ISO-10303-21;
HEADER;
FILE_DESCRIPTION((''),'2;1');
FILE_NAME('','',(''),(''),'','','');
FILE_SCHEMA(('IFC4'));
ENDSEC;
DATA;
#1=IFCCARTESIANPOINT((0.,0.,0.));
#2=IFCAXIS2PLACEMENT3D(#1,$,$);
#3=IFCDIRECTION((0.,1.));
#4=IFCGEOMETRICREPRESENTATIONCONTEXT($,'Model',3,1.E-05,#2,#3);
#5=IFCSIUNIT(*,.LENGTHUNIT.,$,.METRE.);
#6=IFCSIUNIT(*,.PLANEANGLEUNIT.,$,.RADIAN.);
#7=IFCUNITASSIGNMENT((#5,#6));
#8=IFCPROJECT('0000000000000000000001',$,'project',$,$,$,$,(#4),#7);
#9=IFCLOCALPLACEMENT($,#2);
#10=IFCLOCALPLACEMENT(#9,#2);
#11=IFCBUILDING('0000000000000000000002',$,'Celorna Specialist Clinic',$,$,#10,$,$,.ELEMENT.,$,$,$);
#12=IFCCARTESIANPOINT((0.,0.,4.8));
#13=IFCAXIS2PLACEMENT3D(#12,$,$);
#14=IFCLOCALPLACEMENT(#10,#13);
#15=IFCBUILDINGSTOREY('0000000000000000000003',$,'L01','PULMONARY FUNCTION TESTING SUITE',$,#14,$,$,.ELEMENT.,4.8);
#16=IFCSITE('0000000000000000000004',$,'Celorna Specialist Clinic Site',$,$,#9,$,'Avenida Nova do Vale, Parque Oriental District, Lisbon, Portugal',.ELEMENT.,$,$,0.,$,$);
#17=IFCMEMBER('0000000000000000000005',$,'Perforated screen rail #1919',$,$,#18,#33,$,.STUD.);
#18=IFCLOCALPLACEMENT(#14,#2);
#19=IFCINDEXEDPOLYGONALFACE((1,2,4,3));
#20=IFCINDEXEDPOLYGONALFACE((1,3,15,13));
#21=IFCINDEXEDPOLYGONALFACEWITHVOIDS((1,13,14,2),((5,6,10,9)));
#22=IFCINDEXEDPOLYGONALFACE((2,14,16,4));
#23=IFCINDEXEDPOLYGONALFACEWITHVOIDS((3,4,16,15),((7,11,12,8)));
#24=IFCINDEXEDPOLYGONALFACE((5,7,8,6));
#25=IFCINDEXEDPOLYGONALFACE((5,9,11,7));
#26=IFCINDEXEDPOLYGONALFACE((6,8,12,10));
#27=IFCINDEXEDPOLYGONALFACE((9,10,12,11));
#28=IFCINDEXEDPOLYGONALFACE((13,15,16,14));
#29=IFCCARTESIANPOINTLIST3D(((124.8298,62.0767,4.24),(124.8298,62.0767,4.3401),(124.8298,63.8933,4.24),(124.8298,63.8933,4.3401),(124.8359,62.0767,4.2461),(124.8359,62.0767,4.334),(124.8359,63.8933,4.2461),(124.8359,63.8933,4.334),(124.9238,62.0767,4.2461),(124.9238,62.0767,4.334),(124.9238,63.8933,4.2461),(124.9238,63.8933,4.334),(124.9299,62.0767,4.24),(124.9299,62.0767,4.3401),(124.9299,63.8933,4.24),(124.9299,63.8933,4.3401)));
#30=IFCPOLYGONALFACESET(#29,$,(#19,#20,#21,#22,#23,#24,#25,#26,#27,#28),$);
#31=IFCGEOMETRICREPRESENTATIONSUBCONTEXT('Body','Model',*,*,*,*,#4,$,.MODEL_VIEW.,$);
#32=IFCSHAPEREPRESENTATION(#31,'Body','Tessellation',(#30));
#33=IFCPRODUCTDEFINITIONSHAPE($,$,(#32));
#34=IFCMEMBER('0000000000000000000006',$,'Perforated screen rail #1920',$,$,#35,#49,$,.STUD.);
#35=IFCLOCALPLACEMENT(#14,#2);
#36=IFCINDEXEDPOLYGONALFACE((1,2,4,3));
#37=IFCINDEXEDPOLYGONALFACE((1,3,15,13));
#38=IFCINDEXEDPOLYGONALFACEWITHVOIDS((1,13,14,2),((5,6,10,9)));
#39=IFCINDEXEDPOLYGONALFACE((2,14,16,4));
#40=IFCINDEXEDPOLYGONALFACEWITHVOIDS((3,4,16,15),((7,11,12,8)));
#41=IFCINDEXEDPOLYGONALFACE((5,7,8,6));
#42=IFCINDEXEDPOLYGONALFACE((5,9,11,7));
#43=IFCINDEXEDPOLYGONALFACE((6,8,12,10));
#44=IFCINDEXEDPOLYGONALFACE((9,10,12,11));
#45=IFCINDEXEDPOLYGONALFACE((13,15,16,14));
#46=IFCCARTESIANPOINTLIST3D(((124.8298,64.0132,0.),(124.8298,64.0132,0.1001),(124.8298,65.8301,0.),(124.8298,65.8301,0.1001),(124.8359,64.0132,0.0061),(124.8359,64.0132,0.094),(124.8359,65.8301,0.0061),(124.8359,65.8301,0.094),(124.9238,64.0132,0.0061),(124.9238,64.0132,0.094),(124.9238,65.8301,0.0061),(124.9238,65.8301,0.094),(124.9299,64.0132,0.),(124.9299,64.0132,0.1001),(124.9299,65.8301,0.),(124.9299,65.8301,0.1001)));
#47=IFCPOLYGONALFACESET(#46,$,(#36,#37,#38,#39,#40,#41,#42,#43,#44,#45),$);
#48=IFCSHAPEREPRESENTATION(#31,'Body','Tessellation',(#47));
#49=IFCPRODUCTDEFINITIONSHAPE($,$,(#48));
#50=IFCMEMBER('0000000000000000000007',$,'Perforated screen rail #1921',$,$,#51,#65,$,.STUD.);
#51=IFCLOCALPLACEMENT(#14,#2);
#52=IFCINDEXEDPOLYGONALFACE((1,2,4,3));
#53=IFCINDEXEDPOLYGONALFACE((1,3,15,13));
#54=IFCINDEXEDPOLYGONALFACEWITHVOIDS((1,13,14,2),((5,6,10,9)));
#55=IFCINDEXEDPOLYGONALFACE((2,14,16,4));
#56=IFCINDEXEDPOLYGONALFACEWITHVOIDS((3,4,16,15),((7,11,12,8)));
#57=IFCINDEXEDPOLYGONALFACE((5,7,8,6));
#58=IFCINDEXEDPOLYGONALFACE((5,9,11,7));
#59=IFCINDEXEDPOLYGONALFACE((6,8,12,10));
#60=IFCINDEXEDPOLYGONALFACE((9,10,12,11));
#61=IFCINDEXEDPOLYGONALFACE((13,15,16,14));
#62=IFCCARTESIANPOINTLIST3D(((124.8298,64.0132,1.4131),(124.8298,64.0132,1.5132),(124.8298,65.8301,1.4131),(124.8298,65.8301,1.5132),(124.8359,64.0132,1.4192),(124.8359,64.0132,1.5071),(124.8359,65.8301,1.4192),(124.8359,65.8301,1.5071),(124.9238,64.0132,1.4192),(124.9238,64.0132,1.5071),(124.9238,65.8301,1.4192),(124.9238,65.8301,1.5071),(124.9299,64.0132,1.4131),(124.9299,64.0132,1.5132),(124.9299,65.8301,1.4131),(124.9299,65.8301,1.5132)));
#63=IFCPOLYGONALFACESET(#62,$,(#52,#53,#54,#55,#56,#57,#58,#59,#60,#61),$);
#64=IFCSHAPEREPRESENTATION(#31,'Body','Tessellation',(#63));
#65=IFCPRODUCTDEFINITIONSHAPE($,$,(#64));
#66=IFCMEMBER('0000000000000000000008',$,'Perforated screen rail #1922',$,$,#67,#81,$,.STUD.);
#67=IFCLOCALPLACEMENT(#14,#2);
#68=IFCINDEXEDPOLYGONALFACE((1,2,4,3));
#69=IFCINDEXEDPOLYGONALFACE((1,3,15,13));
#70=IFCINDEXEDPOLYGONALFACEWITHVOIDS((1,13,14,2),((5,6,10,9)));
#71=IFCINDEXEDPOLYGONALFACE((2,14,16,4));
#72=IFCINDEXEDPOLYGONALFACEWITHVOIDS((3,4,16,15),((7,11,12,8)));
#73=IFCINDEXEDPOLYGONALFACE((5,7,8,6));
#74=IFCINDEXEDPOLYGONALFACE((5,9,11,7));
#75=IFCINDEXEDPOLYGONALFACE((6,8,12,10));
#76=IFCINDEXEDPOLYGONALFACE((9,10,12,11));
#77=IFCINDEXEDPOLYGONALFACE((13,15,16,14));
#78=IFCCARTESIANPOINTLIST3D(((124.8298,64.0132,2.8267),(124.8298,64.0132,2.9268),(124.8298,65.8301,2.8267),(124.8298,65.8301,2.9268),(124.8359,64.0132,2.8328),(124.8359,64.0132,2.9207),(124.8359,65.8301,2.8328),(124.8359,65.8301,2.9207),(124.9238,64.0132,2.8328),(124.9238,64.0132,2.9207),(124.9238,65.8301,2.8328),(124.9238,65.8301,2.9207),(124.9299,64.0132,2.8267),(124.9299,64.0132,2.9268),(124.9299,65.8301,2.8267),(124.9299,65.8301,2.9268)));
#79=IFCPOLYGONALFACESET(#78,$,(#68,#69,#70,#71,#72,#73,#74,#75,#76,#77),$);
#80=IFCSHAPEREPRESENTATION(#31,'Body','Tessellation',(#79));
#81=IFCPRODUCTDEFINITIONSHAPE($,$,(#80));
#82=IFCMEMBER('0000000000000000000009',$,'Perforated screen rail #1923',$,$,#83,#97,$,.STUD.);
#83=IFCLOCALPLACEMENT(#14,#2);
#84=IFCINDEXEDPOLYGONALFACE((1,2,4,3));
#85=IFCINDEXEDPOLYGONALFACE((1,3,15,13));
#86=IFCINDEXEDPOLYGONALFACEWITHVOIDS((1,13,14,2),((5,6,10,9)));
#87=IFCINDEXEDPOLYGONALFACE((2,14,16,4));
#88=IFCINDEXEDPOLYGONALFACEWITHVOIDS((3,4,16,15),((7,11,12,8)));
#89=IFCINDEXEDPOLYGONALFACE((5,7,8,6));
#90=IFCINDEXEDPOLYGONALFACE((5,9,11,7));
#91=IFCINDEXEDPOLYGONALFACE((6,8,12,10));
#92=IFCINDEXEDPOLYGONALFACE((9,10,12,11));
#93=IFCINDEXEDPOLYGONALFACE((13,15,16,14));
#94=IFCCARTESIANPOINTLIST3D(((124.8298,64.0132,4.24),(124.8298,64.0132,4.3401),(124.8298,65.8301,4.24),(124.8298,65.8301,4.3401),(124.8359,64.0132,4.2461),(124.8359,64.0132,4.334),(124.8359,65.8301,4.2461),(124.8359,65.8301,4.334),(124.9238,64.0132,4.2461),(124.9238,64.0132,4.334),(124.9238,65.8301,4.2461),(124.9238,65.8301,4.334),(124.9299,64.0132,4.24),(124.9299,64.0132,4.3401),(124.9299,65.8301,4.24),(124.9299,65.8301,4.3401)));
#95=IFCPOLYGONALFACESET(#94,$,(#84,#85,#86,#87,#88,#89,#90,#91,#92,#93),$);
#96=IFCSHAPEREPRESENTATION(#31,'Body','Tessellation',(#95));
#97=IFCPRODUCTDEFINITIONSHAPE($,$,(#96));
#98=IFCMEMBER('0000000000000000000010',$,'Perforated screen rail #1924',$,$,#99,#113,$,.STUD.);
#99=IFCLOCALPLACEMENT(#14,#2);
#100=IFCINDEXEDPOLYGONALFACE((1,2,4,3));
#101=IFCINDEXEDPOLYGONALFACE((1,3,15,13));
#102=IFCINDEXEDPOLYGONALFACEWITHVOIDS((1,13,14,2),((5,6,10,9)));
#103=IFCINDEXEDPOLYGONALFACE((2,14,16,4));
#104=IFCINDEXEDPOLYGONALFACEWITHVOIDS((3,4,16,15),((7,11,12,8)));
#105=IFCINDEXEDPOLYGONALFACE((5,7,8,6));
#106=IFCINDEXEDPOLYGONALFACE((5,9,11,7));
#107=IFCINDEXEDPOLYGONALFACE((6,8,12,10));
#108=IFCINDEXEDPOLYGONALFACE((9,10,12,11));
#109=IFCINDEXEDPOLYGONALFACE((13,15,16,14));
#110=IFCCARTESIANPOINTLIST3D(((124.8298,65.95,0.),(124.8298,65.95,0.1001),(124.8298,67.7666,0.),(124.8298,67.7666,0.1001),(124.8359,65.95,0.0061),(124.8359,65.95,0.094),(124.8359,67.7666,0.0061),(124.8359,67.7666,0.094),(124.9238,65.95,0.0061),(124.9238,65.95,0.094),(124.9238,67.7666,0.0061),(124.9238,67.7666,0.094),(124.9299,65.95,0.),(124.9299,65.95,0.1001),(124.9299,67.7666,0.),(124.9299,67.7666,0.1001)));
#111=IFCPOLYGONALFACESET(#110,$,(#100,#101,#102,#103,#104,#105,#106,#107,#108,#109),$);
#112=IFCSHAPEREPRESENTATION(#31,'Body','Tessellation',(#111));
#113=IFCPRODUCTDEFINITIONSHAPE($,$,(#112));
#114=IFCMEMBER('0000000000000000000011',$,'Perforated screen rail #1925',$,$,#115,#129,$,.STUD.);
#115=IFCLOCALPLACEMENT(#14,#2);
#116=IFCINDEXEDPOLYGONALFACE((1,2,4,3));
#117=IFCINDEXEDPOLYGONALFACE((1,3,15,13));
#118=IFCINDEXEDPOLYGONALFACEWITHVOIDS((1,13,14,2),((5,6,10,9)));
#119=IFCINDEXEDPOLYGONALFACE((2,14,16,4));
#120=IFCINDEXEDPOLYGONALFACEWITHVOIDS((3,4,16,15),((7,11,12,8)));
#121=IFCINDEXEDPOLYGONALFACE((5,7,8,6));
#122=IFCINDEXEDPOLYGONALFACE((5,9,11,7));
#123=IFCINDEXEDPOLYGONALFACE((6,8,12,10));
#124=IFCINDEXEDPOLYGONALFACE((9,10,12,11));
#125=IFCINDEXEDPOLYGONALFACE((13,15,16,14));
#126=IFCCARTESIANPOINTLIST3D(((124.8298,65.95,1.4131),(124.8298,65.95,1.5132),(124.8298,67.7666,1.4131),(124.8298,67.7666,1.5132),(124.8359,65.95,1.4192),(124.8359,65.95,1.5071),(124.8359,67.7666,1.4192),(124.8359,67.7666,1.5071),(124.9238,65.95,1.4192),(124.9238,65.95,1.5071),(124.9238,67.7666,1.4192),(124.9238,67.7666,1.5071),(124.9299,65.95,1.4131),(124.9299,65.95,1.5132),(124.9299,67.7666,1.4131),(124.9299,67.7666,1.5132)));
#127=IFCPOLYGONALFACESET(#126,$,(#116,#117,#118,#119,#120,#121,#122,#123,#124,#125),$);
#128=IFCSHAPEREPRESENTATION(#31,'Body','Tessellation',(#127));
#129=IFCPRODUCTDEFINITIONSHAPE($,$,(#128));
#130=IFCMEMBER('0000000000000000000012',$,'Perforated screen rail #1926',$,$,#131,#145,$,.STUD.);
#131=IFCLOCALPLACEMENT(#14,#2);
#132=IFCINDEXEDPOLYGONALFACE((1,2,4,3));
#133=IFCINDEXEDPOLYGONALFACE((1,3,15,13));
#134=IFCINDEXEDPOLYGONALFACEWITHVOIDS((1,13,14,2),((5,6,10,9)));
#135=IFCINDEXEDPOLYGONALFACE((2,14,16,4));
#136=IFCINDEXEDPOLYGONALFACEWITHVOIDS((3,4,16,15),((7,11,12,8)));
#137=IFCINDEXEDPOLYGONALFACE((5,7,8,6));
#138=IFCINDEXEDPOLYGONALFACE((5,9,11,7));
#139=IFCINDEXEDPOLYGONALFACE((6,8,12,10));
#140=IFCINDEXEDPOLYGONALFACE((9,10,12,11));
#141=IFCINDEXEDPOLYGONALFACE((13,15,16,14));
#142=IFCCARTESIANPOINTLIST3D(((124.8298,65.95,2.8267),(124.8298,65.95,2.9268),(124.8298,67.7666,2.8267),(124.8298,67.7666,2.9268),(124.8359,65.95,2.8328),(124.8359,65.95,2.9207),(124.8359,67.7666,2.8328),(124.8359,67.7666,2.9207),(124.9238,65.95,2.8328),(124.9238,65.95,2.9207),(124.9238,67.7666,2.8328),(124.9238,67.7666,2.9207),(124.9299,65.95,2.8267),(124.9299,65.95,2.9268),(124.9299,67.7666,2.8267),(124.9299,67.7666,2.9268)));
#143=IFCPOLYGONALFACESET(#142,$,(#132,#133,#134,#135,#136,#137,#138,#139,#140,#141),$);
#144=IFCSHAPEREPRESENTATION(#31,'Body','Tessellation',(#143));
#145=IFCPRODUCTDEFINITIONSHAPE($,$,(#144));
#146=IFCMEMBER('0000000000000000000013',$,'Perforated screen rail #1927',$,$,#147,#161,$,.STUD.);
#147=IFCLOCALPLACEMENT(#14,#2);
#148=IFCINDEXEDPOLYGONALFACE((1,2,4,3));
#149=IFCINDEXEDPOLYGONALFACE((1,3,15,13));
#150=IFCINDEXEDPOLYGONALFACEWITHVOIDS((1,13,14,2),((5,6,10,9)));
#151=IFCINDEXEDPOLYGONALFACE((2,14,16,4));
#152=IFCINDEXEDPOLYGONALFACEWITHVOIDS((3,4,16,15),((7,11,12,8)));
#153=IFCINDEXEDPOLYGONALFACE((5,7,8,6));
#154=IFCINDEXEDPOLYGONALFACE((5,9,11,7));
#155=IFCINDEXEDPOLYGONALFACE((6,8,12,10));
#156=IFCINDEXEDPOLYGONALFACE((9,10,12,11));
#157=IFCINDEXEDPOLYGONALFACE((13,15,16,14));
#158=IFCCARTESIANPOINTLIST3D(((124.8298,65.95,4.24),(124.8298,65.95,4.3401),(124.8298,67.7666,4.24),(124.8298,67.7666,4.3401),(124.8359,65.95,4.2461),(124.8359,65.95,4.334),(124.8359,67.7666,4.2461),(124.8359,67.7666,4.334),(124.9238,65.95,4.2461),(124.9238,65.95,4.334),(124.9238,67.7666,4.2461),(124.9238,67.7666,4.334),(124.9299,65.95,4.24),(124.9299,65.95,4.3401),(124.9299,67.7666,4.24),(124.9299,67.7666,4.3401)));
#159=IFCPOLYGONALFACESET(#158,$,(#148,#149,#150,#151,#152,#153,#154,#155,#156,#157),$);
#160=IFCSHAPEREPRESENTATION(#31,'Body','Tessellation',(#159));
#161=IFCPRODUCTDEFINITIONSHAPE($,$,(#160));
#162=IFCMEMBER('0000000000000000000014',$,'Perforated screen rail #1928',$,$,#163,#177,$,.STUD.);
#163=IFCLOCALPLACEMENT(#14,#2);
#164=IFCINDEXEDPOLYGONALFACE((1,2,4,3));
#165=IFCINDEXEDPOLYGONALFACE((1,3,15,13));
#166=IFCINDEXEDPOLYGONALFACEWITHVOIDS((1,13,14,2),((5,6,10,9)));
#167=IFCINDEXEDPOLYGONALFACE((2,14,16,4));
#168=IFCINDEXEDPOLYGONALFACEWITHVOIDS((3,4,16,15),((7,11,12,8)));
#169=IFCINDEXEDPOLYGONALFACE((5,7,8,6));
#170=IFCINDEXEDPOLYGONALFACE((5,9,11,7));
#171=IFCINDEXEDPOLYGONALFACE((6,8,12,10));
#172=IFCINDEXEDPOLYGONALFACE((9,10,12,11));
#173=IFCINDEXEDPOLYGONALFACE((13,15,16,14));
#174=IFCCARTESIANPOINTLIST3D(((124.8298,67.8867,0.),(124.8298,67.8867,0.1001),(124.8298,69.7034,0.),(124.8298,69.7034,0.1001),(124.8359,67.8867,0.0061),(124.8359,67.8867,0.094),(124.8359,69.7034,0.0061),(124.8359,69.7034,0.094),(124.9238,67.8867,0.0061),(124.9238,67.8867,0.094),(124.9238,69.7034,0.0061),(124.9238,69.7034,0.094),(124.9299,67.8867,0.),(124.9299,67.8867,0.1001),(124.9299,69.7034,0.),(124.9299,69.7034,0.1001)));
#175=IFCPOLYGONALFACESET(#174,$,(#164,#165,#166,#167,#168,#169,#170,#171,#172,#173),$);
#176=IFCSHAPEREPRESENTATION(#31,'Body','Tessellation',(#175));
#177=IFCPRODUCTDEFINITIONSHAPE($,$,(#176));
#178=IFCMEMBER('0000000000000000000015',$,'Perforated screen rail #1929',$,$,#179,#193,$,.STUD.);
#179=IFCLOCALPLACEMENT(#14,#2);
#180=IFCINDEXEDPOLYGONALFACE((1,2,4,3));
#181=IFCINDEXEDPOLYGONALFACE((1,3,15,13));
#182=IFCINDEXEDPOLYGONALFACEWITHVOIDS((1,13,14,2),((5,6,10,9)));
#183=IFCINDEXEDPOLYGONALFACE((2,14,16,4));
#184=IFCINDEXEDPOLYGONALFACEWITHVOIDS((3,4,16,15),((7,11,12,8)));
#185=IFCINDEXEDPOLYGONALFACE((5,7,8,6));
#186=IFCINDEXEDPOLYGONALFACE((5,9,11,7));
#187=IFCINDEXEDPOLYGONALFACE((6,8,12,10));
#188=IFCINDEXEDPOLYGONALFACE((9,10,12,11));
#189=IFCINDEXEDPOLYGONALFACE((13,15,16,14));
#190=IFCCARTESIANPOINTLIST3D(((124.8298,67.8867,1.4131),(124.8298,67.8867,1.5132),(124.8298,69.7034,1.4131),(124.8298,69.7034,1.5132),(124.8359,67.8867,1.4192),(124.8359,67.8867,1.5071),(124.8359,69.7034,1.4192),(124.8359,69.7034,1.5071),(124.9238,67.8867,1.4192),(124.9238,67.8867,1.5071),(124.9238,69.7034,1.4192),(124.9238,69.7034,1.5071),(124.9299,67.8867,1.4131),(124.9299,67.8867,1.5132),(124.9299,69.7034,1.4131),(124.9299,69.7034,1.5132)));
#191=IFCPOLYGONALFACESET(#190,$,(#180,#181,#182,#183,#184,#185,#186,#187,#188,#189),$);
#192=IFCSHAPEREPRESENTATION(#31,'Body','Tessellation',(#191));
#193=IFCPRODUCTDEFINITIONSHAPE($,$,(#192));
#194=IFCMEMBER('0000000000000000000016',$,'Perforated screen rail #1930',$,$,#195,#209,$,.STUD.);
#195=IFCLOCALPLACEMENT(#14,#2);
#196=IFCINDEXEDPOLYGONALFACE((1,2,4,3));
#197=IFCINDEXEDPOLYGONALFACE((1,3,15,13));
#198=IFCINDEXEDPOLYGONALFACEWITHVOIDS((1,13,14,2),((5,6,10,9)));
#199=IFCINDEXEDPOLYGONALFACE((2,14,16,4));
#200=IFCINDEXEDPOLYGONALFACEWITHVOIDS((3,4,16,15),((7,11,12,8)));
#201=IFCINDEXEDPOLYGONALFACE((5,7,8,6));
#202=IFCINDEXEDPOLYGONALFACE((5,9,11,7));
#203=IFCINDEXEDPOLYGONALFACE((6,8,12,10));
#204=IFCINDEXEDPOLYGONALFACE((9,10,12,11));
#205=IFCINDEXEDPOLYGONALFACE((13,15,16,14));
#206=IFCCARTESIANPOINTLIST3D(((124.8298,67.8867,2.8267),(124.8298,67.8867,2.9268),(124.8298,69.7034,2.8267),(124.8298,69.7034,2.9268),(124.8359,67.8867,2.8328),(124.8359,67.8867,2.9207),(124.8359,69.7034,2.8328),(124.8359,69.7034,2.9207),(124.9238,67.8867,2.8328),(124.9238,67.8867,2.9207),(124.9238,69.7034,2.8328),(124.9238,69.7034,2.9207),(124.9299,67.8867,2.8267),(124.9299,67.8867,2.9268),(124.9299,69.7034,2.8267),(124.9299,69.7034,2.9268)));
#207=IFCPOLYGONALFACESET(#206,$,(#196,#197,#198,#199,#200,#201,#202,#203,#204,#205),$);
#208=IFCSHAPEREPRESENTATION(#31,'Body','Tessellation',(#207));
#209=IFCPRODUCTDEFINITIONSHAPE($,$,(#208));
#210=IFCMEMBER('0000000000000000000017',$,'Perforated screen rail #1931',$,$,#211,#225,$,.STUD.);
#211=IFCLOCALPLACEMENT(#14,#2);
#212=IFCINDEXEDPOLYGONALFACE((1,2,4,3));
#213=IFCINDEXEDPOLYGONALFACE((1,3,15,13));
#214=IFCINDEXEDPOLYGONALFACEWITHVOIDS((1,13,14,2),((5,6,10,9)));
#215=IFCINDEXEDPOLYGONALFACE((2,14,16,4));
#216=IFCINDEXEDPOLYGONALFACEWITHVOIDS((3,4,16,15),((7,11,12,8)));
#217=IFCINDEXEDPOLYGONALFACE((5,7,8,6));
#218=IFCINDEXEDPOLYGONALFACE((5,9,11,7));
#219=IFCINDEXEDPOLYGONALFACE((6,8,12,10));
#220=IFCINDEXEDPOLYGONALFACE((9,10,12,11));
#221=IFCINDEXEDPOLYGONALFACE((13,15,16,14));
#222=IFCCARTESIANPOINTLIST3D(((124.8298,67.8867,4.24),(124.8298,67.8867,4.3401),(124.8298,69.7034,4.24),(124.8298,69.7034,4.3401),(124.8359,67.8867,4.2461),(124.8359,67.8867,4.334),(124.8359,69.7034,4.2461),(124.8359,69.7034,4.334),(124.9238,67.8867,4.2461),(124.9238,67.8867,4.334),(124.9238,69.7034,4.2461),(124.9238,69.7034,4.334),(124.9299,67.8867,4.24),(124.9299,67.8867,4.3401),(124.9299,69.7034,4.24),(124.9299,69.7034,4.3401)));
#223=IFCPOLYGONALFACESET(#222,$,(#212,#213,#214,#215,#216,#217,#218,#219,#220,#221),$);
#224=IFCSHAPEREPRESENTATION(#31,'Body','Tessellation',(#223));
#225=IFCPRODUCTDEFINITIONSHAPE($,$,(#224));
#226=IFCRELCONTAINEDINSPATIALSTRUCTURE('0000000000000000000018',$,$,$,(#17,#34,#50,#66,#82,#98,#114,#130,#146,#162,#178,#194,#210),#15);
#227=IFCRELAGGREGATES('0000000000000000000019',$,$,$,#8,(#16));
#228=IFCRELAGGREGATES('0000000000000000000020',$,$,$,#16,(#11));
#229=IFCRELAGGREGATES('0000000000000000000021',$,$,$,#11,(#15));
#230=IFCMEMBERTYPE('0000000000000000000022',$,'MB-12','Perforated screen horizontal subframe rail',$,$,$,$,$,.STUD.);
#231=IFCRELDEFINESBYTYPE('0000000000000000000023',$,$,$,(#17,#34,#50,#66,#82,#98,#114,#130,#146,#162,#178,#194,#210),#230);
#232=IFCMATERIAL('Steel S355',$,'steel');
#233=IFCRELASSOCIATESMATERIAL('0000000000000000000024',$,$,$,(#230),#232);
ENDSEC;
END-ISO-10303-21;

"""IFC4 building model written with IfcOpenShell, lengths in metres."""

from ifc_helpers import new_model, si_unit, direction, frame, origin, origin_2d, place, context, subcontext, project, spatial, hollow_rectangle, extrude, material, material_profile, profile_set, type_object, element, save


model = new_model("IFC4")

# Units and contexts
model_context = context("Model", 3, precision=1e-05, world=origin(), true_north=direction((0.0, 1.0)))
body_context = subcontext(model_context, "Body", "Model", "MODEL_VIEW")
ifc_project = project(units=[si_unit("LENGTHUNIT", "METRE"), si_unit("PLANEANGLEUNIT", "RADIAN")], contexts=[model_context])

# Site, building, storey
site_placement = place(None, origin())
site = spatial("IfcSite", under=ifc_project, at=site_placement, Name="Celorna Specialist Clinic Site", LongName="Avenida Nova do Vale, Parque Oriental District, Lisbon, Portugal", CompositionType="ELEMENT", RefElevation=0.0)
building_placement = place(site_placement, origin())
building = spatial("IfcBuilding", under=site, at=building_placement, Name="Celorna Specialist Clinic", CompositionType="ELEMENT")
storey_placement = place(building_placement, frame((0.0, 0.0, 4.8)))
storey = spatial("IfcBuildingStorey", under=building, at=storey_placement, Name="L01", Description="PULMONARY FUNCTION TESTING SUITE", CompositionType="ELEMENT", Elevation=4.8)

# Members
ifc_material_1 = material(Name="Steel S355", Category="steel")
ifc_material_profile_1 = material_profile(ifc_material_1, hollow_rectangle(XDim=0.1001, YDim=0.1001, WallThickness=0.0061, at=origin_2d()), Name="SHS 100x100x6")
ifc_profile_set_1 = profile_set([ifc_material_profile_1], Name="Steel S355")
member_type_1 = type_object("IfcMemberType", Name="MB-12", Description="Perforated screen horizontal subframe rail", PredefinedType="STUD", material=ifc_profile_set_1)
for number, where, z_axis, x_axis, name in (
    (1, (124.8799, 62.0767, 4.29), (0.0, 1.0, 0.0), (-1.0, 0.0, 0.0), "Perforated screen rail #1919"),
):
    element("IfcMember", number, at=place(storey_placement, frame(where, z_axis=z_axis, x_axis=x_axis)), inside=storey, type_object=member_type_1, Name=name, PredefinedType="STUD", context=body_context, shape_type="SweptSolid", body=[
        extrude(hollow_rectangle(XDim=0.1001, YDim=0.1001, WallThickness=0.0061, at=origin_2d()), origin(), (0.0, 0.0, 1.0), 1.8167),
    ])
for number, where, z_axis, x_axis, name in (
    (2, (124.8799, 64.0132, 0.05), (0.0, 1.0, 0.0), (-1.0, 0.0, 0.0), "Perforated screen rail #1920"),
    (3, (124.8799, 64.0132, 1.4631), (0.0, 1.0, 0.0), (-1.0, 0.0, 0.0), "Perforated screen rail #1921"),
    (4, (124.8799, 64.0132, 2.8767), (0.0, 1.0, 0.0), (-1.0, 0.0, 0.0), "Perforated screen rail #1922"),
    (5, (124.8799, 64.0132, 4.29), (0.0, 1.0, 0.0), (-1.0, 0.0, 0.0), "Perforated screen rail #1923"),
):
    element("IfcMember", number, at=place(storey_placement, frame(where, z_axis=z_axis, x_axis=x_axis)), inside=storey, type_object=member_type_1, Name=name, PredefinedType="STUD", context=body_context, shape_type="SweptSolid", body=[
        extrude(hollow_rectangle(XDim=0.1001, YDim=0.1001, WallThickness=0.0061, at=origin_2d()), origin(), (0.0, 0.0, 1.0), 1.8169),
    ])
for number, where, z_axis, x_axis, name in (
    (6, (124.8799, 65.95, 0.05), (0.0, 1.0, 0.0), (-1.0, 0.0, 0.0), "Perforated screen rail #1924"),
    (7, (124.8799, 65.95, 1.4631), (0.0, 1.0, 0.0), (-1.0, 0.0, 0.0), "Perforated screen rail #1925"),
    (8, (124.8799, 65.95, 2.8767), (0.0, 1.0, 0.0), (-1.0, 0.0, 0.0), "Perforated screen rail #1926"),
    (9, (124.8799, 65.95, 4.29), (0.0, 1.0, 0.0), (-1.0, 0.0, 0.0), "Perforated screen rail #1927"),
    (10, (124.8799, 67.8867, 0.05), (0.0, 1.0, 0.0), (-1.0, 0.0, 0.0), "Perforated screen rail #1928"),
    (11, (124.8799, 67.8867, 1.4631), (0.0, 1.0, 0.0), (-1.0, 0.0, 0.0), "Perforated screen rail #1929"),
    (12, (124.8799, 67.8867, 2.8767), (0.0, 1.0, 0.0), (-1.0, 0.0, 0.0), "Perforated screen rail #1930"),
    (13, (124.8799, 67.8867, 4.29), (0.0, 1.0, 0.0), (-1.0, 0.0, 0.0), "Perforated screen rail #1931"),
):
    element("IfcMember", number, at=place(storey_placement, frame(where, z_axis=z_axis, x_axis=x_axis)), inside=storey, type_object=member_type_1, Name=name, PredefinedType="STUD", context=body_context, shape_type="SweptSolid", body=[
        extrude(hollow_rectangle(XDim=0.1001, YDim=0.1001, WallThickness=0.0061, at=origin_2d()), origin(), (0.0, 0.0, 1.0), 1.8167),
    ])

save(model, "model.ifc")
